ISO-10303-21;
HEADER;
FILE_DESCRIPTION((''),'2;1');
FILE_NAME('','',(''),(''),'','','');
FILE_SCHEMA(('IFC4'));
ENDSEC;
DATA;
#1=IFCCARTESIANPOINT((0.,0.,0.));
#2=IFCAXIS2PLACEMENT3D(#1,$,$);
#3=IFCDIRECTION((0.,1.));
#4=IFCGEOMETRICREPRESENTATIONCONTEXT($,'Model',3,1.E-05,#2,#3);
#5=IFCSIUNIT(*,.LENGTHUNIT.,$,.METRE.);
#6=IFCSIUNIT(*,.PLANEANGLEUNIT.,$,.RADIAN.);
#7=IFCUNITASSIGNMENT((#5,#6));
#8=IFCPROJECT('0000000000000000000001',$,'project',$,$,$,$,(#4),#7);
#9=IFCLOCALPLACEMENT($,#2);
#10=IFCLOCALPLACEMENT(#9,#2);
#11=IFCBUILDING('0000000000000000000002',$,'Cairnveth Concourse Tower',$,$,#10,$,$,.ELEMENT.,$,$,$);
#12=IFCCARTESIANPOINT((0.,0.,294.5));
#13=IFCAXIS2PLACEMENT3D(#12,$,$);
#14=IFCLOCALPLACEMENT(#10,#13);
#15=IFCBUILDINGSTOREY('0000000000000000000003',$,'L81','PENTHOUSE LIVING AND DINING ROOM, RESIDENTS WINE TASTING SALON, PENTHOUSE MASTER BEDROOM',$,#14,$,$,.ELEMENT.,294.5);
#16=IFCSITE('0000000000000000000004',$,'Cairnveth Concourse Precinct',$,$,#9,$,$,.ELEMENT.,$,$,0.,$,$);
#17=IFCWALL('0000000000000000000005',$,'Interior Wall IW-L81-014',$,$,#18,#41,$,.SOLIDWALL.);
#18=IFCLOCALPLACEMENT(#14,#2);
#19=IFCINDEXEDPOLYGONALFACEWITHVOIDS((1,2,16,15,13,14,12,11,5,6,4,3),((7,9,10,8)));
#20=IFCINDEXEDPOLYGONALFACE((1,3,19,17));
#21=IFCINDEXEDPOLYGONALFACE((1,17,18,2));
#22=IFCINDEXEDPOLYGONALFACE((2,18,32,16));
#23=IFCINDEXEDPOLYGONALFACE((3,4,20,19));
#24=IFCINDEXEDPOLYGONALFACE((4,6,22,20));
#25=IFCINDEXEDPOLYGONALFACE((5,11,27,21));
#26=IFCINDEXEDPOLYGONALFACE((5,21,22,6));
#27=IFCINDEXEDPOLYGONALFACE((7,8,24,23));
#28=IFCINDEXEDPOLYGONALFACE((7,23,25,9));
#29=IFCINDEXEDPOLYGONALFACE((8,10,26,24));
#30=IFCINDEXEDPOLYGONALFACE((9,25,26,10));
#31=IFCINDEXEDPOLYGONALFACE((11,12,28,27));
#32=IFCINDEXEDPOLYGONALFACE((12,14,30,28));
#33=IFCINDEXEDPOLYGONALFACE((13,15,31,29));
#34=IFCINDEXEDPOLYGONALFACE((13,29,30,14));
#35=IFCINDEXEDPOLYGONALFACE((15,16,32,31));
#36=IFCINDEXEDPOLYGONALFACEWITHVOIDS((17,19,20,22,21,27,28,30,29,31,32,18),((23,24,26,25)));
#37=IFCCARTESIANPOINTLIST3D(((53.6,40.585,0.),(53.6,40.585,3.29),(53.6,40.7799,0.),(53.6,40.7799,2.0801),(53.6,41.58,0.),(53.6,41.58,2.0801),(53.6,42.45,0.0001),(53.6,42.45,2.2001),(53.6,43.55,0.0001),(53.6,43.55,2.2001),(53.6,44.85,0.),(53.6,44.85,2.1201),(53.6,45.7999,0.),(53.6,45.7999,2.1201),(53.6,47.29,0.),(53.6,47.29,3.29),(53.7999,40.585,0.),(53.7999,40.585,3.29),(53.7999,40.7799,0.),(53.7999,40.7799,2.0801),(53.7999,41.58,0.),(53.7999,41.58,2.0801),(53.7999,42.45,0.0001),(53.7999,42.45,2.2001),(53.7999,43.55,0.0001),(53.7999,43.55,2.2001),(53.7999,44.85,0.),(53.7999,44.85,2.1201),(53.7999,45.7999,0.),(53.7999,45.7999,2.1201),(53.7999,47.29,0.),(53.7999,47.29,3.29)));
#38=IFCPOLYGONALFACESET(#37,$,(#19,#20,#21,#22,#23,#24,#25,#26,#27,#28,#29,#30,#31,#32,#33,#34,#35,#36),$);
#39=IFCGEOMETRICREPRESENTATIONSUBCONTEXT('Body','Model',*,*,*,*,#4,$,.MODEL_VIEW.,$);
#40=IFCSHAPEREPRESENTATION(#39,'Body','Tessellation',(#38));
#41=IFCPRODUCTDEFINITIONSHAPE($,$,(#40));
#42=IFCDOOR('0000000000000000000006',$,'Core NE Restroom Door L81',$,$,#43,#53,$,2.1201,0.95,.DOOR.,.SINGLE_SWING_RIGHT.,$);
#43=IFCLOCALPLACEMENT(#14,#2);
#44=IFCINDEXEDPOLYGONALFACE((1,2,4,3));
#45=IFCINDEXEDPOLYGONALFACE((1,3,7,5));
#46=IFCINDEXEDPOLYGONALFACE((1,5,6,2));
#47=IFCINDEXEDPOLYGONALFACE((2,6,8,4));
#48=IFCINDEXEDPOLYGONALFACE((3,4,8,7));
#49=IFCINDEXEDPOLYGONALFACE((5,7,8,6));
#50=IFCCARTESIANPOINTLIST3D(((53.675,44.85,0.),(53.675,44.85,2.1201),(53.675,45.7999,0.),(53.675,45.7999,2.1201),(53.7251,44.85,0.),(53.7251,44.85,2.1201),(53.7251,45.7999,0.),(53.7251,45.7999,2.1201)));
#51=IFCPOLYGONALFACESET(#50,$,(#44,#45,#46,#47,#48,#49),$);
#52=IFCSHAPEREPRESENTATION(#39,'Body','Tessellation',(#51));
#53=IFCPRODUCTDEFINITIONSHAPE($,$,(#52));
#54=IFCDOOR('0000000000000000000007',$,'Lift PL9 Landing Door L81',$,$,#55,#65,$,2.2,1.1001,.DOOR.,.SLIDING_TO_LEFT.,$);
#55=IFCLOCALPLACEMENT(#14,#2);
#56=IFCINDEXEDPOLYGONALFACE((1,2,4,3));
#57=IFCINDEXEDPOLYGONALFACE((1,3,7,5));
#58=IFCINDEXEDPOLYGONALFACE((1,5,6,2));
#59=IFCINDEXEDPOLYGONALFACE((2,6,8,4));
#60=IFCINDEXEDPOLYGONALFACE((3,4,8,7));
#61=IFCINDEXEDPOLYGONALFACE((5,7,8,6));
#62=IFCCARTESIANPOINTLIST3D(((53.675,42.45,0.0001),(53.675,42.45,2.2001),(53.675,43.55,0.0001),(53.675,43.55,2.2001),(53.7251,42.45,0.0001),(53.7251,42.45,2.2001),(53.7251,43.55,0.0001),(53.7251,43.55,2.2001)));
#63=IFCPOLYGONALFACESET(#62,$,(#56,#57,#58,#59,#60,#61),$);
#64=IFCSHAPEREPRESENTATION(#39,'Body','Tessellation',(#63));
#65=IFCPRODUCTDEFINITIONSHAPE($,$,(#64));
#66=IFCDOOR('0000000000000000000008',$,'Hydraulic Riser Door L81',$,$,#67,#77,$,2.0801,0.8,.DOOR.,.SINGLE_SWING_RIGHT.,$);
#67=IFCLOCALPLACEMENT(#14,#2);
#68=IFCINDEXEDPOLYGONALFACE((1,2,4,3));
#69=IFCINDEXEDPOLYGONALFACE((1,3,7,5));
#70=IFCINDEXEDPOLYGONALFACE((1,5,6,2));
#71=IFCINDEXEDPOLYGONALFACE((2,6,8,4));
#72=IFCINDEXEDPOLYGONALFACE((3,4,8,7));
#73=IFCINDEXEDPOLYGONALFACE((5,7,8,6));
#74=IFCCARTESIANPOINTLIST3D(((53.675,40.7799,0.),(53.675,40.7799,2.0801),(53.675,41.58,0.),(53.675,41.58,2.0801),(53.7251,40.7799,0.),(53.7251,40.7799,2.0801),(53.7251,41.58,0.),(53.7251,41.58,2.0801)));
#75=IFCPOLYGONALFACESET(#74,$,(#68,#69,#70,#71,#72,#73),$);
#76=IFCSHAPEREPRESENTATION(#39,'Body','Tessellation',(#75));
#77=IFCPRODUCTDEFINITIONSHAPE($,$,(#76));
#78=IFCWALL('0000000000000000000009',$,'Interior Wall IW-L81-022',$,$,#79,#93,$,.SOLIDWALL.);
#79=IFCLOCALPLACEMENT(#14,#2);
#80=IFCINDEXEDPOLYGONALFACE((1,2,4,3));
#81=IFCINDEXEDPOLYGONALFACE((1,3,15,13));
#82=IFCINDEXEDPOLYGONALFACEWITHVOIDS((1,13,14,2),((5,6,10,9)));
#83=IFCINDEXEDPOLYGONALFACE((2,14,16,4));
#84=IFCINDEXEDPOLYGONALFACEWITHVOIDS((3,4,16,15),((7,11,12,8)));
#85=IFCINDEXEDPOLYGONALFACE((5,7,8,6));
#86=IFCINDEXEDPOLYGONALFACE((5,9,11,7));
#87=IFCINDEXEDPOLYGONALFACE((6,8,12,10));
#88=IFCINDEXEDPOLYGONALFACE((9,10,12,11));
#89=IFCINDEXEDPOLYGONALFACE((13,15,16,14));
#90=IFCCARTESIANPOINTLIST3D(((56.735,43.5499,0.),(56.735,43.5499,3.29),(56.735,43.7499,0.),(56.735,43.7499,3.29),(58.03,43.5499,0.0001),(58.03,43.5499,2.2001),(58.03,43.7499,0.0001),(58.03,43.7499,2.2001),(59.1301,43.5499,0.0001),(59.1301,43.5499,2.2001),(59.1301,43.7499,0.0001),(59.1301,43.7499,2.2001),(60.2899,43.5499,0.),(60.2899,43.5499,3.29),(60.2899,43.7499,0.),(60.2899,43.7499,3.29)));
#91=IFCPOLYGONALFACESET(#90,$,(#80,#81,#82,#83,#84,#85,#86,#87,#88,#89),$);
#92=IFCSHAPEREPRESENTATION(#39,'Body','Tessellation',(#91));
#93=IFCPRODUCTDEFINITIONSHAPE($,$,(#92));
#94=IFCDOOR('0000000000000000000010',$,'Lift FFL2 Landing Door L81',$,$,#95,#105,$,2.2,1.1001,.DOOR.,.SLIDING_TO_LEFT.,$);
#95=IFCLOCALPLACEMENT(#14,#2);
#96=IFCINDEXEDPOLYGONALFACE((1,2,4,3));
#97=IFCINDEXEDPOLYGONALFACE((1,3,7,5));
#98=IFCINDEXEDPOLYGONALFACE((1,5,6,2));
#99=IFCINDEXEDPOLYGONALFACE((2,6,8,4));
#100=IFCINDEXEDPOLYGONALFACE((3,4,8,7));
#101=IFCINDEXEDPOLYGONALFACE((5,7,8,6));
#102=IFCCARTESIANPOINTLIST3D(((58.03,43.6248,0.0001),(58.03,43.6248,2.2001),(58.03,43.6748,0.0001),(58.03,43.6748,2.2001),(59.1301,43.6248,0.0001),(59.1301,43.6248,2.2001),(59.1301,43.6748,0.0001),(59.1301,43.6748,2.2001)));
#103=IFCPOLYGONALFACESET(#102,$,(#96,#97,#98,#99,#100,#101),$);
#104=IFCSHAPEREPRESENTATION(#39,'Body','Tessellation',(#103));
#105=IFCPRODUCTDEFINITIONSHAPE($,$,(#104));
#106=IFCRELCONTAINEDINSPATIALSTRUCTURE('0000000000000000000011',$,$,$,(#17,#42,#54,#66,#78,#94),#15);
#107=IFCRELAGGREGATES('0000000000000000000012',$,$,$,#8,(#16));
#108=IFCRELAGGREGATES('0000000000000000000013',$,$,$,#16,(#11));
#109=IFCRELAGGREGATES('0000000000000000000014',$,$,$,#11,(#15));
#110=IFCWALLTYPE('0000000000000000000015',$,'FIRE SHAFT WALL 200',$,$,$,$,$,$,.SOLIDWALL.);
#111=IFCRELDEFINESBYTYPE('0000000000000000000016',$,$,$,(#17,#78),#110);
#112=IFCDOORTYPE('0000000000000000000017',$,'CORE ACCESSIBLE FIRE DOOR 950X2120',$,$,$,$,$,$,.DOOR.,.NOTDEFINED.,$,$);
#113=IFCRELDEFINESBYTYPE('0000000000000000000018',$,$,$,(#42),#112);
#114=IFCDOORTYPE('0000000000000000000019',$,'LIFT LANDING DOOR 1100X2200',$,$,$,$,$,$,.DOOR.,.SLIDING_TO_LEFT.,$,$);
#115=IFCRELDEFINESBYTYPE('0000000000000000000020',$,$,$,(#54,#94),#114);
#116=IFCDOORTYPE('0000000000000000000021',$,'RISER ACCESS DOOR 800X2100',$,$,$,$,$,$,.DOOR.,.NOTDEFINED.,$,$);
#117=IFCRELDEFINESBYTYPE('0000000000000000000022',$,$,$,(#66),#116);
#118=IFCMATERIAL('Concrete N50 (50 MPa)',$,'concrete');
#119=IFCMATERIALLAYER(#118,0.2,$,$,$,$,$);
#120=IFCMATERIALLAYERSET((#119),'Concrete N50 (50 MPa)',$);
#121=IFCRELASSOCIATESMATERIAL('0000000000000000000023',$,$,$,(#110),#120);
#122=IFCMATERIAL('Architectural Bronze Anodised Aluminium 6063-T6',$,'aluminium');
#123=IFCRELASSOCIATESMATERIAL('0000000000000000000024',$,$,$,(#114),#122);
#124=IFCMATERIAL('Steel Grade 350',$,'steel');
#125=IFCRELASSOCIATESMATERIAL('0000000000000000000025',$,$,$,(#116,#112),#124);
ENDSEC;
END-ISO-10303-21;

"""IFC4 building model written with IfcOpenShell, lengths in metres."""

from ifc_helpers import new_model, si_unit, direction, frame, frame_2d, origin, place, context, subcontext, project, spatial, rectangle, extrude, material, layer, layer_set, type_object, element, fill, save


model = new_model("IFC4")

# Units and contexts
model_context = context("Model", 3, precision=1e-05, world=origin(), true_north=direction((0.0, 1.0)))
body_context = subcontext(model_context, "Body", "Model", "MODEL_VIEW")
ifc_project = project(units=[si_unit("LENGTHUNIT", "METRE"), si_unit("PLANEANGLEUNIT", "RADIAN")], contexts=[model_context])

# Site, building, storey
site_placement = place(None, origin())
site = spatial("IfcSite", under=ifc_project, at=site_placement, Name="Cairnveth Concourse Precinct", CompositionType="ELEMENT", RefElevation=0.0)
building_placement = place(site_placement, origin())
building = spatial("IfcBuilding", under=site, at=building_placement, Name="Cairnveth Concourse Tower", CompositionType="ELEMENT")
storey_placement = place(building_placement, frame((0.0, 0.0, 294.5)))
storey = spatial("IfcBuildingStorey", under=building, at=storey_placement, Name="L81", Description="PENTHOUSE LIVING AND DINING ROOM, RESIDENTS WINE TASTING SALON, PENTHOUSE MASTER BEDROOM", CompositionType="ELEMENT", Elevation=294.5)

# Shared definitions
ifc_material_1 = material(Name="Steel Grade 350", Category="steel")

# Shared definitions
ifc_material_2 = material(Name="Concrete N50 (50 MPa)", Category="concrete")
ifc_layer_1 = layer(ifc_material_2, 0.2)
ifc_layer_set_1 = layer_set([ifc_layer_1], Name="Concrete N50 (50 MPa)")
wall_type_1 = type_object("IfcWallType", Name="FIRE SHAFT WALL 200", PredefinedType="SOLIDWALL", material=ifc_layer_set_1)

# Wall, openings, doors
ifc_material_3 = material(Name="Architectural Bronze Anodised Aluminium 6063-T6", Category="aluminium")
door_type_1 = type_object("IfcDoorType", Name="LIFT LANDING DOOR 1100X2200", OperationType="SLIDING_TO_LEFT", PredefinedType="DOOR", material=ifc_material_3)
door_type_2 = type_object("IfcDoorType", Name="RISER ACCESS DOOR 800X2100", OperationType="NOTDEFINED", PredefinedType="DOOR", material=ifc_material_1)
wall_1_placement = place(storey_placement, frame((53.7, 40.585, 0.0), z_axis=(0.0, 0.0, 1.0), x_axis=(0.0, 1.0, 0.0)))
wall_1 = element("IfcWall", 1, at=wall_1_placement, inside=storey, type_object=wall_type_1, Name="Interior Wall IW-L81-014", PredefinedType="SOLIDWALL", context=body_context, shape_type="SweptSolid", body=[
    extrude(rectangle(XDim=6.7051, YDim=0.2, at=frame_2d((3.3525, 0.0))), origin(), (0.0, 0.0, 1.0), 3.29),
])
opening_1_placement = place(wall_1_placement, frame((0.1951, 0.0, 0.0)))
opening_1 = element("IfcOpeningElement", 2, at=opening_1_placement, cuts=wall_1, PredefinedType="OPENING", context=body_context, shape_type="SweptSolid", body=[
    extrude(rectangle(XDim=0.8, YDim=2.0801, at=frame_2d((0.3999, 1.04))), frame((0.0, 0.1099, 0.0), z_axis=(0.0, -1.0, 0.0), x_axis=(1.0, 0.0, 0.0)), (0.0, 0.0, 1.0), 0.22),
])
opening_2_placement = place(wall_1_placement, frame((1.865, 0.0, 0.0)))
opening_2 = element("IfcOpeningElement", 3, at=opening_2_placement, cuts=wall_1, PredefinedType="OPENING", context=body_context, shape_type="SweptSolid", body=[
    extrude(rectangle(XDim=1.1001, YDim=2.2, at=frame_2d((0.55, 1.1001))), frame((0.0, 0.1099, 0.0), z_axis=(0.0, -1.0, 0.0), x_axis=(1.0, 0.0, 0.0)), (0.0, 0.0, 1.0), 0.22),
])
opening_3_placement = place(wall_1_placement, frame((4.2649, 0.0, 0.0)))
opening_3 = element("IfcOpeningElement", 4, at=opening_3_placement, cuts=wall_1, PredefinedType="OPENING", context=body_context, shape_type="SweptSolid", body=[
    extrude(rectangle(XDim=0.95, YDim=2.1201, at=frame_2d((0.4751, 1.0601))), frame((0.0, 0.1099, 0.0), z_axis=(0.0, -1.0, 0.0), x_axis=(1.0, 0.0, 0.0)), (0.0, 0.0, 1.0), 0.22),
])
door_type_3 = type_object("IfcDoorType", Name="CORE ACCESSIBLE FIRE DOOR 950X2120", OperationType="NOTDEFINED", PredefinedType="DOOR", material=ifc_material_1)
door_1_placement = place(opening_3_placement, origin())
door_1 = element("IfcDoor", 5, at=door_1_placement, inside=storey, type_object=door_type_3, Name="Core NE Restroom Door L81", OperationType="SINGLE_SWING_RIGHT", OverallHeight=2.1201, OverallWidth=0.95, PredefinedType="DOOR", context=body_context, shape_type="SweptSolid", body=[
    extrude(rectangle(XDim=0.95, YDim=2.1201, at=frame_2d((0.4751, 1.0601))), frame((0.0, 0.0249, 0.0), z_axis=(0.0, -1.0, 0.0), x_axis=(1.0, 0.0, 0.0)), (0.0, 0.0, 1.0), 0.05),
])
fill(opening_3, door_1)
door_2_placement = place(opening_2_placement, origin())
door_2 = element("IfcDoor", 6, at=door_2_placement, inside=storey, type_object=door_type_1, Name="Lift PL9 Landing Door L81", OperationType="SLIDING_TO_LEFT", OverallHeight=2.2, OverallWidth=1.1001, PredefinedType="DOOR", context=body_context, shape_type="SweptSolid", body=[
    extrude(rectangle(XDim=1.1001, YDim=2.2, at=frame_2d((0.55, 1.1001))), frame((0.0, 0.0249, 0.0), z_axis=(0.0, -1.0, 0.0), x_axis=(1.0, 0.0, 0.0)), (0.0, 0.0, 1.0), 0.05),
])
fill(opening_2, door_2)
door_3_placement = place(opening_1_placement, origin())
door_3 = element("IfcDoor", 7, at=door_3_placement, inside=storey, type_object=door_type_2, Name="Hydraulic Riser Door L81", OperationType="SINGLE_SWING_RIGHT", OverallHeight=2.0801, OverallWidth=0.8, PredefinedType="DOOR", context=body_context, shape_type="SweptSolid", body=[
    extrude(rectangle(XDim=0.8, YDim=2.0801, at=frame_2d((0.3999, 1.04))), frame((0.0, 0.0249, 0.0), z_axis=(0.0, -1.0, 0.0), x_axis=(1.0, 0.0, 0.0)), (0.0, 0.0, 1.0), 0.05),
])
fill(opening_1, door_3)

# Wall, opening, door
wall_2_placement = place(storey_placement, frame((56.7351, 43.6499, 0.0), z_axis=(0.0, 0.0, 1.0), x_axis=(1.0, 0.0, 0.0)))
wall_2 = element("IfcWall", 8, at=wall_2_placement, inside=storey, type_object=wall_type_1, Name="Interior Wall IW-L81-022", PredefinedType="SOLIDWALL", context=body_context, shape_type="SweptSolid", body=[
    extrude(rectangle(XDim=3.5549, YDim=0.2, at=frame_2d((1.7773, 0.0))), origin(), (0.0, 0.0, 1.0), 3.29),
])
opening_4_placement = place(wall_2_placement, frame((1.2949, 0.0, 0.0)))
opening_4 = element("IfcOpeningElement", 9, at=opening_4_placement, cuts=wall_2, PredefinedType="OPENING", context=body_context, shape_type="SweptSolid", body=[
    extrude(rectangle(XDim=1.1001, YDim=2.2, at=frame_2d((0.55, 1.1001))), frame((0.0, 0.1099, 0.0), z_axis=(0.0, -1.0, 0.0), x_axis=(1.0, 0.0, 0.0)), (0.0, 0.0, 1.0), 0.22),
])
door_4_placement = place(opening_4_placement, origin())
door_4 = element("IfcDoor", 10, at=door_4_placement, inside=storey, type_object=door_type_1, Name="Lift FFL2 Landing Door L81", OperationType="SLIDING_TO_LEFT", OverallHeight=2.2, OverallWidth=1.1001, PredefinedType="DOOR", context=body_context, shape_type="SweptSolid", body=[
    extrude(rectangle(XDim=1.1001, YDim=2.2, at=frame_2d((0.55, 1.1001))), frame((0.0, 0.0249, 0.0), z_axis=(0.0, -1.0, 0.0), x_axis=(1.0, 0.0, 0.0)), (0.0, 0.0, 1.0), 0.05),
])
fill(opening_4, door_4)

save(model, "model.ifc")
